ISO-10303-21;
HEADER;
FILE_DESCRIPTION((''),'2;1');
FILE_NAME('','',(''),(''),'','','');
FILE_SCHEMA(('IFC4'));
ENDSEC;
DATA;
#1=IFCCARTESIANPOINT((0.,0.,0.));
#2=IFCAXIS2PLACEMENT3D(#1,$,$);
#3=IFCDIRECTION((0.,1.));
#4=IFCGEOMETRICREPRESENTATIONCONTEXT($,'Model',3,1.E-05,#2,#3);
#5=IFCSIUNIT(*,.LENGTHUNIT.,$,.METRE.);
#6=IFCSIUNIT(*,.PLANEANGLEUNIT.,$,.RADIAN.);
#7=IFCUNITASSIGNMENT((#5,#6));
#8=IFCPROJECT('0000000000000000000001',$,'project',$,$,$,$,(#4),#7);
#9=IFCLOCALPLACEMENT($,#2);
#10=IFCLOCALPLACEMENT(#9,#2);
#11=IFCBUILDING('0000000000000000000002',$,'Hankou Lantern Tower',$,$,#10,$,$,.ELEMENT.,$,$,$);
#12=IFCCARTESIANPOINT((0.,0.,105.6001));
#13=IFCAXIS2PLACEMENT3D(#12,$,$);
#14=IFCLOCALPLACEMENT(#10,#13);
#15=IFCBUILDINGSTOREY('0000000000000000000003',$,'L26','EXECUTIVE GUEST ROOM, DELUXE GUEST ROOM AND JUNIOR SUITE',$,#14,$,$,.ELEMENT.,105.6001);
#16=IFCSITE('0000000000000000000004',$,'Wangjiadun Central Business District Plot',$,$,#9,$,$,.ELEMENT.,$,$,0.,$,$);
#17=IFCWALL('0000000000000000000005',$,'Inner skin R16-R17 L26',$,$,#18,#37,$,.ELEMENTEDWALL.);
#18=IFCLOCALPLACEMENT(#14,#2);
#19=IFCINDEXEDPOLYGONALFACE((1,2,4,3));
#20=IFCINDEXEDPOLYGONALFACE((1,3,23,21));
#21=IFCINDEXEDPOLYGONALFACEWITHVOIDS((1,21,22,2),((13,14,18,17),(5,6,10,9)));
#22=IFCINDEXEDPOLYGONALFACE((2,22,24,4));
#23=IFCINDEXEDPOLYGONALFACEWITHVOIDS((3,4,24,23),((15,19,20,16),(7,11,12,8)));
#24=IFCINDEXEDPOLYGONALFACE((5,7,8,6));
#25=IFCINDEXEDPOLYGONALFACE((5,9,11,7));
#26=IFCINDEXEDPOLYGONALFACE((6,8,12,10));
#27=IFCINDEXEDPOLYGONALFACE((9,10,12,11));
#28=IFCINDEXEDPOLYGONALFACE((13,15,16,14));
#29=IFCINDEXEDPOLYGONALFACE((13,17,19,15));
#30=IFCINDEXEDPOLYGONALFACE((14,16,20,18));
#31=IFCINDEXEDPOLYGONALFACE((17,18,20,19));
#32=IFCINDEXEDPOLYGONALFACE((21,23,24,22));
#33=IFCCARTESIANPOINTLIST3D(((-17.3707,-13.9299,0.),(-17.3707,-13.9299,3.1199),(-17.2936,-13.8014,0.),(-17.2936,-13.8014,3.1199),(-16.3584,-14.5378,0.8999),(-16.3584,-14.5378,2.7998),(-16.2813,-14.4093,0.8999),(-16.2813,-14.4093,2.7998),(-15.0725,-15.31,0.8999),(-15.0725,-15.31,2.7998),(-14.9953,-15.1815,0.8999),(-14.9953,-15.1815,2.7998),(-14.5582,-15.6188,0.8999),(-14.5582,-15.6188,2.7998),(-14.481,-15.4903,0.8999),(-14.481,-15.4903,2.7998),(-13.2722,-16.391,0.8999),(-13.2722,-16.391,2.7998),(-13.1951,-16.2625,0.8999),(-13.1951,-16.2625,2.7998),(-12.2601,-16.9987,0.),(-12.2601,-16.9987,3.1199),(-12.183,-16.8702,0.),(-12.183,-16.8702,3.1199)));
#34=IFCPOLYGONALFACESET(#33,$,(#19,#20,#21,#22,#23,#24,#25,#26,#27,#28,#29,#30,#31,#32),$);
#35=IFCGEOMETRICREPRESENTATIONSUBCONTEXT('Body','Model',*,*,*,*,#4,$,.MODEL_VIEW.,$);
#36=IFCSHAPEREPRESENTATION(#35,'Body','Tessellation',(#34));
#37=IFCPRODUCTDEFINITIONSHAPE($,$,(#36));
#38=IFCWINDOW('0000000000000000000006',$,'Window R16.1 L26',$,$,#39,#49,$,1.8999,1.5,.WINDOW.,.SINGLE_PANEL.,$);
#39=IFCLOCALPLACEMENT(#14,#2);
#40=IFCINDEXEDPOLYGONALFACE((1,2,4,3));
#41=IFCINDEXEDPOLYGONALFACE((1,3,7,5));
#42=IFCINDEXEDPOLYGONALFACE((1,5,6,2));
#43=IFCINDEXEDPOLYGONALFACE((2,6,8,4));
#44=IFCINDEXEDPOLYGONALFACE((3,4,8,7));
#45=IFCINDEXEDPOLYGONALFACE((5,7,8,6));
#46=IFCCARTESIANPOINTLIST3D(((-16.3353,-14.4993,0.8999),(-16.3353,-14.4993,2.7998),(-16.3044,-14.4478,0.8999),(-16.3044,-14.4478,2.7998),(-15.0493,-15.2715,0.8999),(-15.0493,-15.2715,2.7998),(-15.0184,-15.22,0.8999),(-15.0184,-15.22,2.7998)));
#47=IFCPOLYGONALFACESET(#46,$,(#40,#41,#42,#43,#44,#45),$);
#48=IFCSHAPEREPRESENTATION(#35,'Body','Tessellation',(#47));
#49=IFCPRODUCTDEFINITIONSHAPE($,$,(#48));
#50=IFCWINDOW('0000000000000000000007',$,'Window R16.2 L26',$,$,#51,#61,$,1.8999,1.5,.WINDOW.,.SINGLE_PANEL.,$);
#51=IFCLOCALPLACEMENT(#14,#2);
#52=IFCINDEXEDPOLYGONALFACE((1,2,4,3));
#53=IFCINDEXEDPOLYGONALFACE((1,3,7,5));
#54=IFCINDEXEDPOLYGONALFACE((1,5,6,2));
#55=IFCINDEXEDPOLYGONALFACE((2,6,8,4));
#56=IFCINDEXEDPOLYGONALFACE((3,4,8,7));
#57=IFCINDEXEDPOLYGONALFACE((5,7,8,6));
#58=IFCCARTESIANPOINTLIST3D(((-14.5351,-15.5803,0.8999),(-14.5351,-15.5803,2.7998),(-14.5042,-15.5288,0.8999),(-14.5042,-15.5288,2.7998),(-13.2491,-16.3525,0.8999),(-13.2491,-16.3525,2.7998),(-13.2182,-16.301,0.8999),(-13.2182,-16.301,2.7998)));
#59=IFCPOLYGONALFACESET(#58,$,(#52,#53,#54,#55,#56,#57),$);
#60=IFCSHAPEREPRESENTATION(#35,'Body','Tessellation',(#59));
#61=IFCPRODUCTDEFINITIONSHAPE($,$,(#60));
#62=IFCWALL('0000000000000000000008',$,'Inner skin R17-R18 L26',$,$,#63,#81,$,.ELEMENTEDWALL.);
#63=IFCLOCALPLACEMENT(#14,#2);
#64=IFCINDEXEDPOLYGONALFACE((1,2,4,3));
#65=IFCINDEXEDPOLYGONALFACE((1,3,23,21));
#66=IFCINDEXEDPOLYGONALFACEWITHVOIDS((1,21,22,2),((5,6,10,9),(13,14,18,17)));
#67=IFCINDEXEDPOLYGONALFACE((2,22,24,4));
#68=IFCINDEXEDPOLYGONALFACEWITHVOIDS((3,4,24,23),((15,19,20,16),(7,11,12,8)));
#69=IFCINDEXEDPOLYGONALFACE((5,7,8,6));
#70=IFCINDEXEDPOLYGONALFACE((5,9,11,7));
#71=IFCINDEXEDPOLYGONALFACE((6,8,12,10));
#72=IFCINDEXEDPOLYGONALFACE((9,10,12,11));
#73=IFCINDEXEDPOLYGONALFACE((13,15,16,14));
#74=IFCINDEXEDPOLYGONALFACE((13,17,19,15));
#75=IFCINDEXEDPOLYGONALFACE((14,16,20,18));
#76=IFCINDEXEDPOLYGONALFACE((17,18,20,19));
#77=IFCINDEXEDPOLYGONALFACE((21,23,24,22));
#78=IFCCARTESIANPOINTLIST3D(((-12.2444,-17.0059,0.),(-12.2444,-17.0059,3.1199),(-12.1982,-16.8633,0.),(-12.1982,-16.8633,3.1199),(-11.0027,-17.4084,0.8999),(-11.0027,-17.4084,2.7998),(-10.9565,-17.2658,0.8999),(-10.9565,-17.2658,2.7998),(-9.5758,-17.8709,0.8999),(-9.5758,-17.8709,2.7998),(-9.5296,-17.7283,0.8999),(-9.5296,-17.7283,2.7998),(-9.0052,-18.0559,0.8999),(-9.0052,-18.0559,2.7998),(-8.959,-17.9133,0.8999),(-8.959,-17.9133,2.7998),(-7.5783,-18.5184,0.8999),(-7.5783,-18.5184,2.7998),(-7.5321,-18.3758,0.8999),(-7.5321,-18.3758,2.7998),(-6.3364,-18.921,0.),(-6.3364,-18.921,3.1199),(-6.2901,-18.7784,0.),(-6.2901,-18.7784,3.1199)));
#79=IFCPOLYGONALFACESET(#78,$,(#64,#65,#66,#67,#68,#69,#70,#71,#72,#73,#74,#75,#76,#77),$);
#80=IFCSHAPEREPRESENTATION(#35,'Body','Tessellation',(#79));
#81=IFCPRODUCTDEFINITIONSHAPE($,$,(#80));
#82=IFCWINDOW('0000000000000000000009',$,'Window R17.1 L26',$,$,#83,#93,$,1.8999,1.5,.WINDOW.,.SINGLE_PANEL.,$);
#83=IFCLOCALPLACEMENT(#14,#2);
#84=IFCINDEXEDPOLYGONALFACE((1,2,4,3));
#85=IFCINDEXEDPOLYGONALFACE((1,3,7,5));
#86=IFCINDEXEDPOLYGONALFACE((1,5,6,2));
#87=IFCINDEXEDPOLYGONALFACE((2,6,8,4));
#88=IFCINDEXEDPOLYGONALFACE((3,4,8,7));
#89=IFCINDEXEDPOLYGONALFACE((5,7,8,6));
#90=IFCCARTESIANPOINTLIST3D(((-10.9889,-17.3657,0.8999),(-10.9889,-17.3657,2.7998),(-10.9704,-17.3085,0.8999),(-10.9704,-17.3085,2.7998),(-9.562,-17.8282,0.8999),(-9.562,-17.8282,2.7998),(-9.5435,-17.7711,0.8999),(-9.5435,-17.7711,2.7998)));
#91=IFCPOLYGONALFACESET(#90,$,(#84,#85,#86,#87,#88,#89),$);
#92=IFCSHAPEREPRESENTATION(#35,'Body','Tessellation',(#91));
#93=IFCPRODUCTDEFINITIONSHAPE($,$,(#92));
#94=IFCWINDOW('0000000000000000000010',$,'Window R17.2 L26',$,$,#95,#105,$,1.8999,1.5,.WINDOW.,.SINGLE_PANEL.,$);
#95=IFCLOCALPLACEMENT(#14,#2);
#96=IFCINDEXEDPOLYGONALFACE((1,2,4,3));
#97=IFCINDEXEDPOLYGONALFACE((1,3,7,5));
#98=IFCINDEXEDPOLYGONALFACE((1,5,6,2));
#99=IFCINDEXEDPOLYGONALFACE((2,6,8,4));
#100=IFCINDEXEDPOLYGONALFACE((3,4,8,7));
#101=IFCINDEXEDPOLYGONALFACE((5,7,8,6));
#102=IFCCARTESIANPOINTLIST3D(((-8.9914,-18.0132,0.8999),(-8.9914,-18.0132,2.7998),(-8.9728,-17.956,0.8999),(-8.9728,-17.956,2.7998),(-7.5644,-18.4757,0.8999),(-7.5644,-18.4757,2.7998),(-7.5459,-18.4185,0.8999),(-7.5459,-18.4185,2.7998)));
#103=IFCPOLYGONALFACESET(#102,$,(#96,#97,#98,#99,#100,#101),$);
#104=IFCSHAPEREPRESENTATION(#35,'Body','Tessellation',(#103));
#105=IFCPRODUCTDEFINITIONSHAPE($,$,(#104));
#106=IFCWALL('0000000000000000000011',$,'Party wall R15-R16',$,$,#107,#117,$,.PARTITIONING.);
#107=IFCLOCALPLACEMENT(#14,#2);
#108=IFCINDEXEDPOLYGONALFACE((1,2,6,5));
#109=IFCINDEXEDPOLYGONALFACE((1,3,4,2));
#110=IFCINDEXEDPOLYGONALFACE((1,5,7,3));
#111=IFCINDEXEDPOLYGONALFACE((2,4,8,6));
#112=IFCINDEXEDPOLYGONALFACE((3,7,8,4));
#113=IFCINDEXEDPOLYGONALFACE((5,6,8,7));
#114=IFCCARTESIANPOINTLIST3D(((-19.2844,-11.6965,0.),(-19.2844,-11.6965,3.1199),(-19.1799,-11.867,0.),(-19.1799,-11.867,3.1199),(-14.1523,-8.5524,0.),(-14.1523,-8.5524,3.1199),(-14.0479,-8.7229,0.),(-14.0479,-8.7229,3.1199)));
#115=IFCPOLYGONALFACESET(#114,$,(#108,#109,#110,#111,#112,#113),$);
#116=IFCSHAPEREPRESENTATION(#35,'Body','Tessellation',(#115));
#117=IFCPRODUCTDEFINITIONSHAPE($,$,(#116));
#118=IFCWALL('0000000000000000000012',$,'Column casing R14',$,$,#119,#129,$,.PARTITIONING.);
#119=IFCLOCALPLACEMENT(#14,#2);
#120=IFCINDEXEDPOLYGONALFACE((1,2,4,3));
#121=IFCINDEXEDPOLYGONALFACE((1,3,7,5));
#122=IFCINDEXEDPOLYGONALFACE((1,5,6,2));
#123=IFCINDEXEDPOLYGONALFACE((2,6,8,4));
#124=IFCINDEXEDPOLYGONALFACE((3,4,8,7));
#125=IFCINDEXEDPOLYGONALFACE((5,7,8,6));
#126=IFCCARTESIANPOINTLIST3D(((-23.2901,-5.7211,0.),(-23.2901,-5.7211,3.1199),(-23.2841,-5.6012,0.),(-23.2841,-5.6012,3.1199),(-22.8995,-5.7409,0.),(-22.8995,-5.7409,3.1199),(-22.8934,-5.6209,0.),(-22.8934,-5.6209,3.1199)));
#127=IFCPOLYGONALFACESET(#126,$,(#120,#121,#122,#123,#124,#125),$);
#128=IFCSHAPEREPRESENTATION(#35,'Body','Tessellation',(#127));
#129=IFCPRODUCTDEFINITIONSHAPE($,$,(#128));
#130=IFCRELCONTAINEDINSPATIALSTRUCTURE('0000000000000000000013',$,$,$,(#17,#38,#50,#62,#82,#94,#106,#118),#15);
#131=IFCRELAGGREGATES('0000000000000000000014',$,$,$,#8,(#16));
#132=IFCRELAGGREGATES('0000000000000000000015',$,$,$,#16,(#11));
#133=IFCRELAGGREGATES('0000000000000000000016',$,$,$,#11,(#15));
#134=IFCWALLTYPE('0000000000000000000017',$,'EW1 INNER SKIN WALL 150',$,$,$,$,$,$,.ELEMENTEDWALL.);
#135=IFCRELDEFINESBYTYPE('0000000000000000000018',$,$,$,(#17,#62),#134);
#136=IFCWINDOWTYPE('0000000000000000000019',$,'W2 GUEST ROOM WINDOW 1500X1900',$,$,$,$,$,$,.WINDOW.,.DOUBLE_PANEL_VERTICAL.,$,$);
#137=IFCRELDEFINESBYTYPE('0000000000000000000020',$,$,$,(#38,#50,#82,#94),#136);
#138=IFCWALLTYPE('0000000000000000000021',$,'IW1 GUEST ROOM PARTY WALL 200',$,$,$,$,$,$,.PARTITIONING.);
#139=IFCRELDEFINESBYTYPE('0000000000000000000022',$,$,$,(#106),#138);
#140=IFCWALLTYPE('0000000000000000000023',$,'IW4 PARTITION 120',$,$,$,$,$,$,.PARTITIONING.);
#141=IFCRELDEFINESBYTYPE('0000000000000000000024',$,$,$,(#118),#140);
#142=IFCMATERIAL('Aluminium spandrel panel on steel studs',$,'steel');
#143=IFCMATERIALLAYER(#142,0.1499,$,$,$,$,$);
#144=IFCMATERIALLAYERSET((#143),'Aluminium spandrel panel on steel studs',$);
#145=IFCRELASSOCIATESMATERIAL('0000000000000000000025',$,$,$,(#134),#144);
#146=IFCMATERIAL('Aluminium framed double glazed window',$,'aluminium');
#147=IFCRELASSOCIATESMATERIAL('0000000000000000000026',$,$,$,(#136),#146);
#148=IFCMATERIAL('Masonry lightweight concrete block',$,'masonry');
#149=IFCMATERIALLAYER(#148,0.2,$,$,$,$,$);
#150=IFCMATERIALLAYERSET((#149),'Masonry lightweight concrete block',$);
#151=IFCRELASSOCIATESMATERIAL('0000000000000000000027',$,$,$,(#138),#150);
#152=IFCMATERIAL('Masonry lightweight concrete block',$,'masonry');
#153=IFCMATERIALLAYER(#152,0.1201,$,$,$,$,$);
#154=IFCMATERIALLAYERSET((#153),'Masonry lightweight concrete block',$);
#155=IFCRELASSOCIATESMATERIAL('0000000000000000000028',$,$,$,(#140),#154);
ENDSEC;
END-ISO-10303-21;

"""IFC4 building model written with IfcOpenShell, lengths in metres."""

from ifc_helpers import new_model, si_unit, direction, frame, frame_2d, origin, place, context, subcontext, project, spatial, rectangle, extrude, material, layer, layer_set, type_object, element, fill, save


model = new_model("IFC4")

# Units and contexts
model_context = context("Model", 3, precision=1e-05, world=origin(), true_north=direction((0.0, 1.0)))
body_context = subcontext(model_context, "Body", "Model", "MODEL_VIEW")
ifc_project = project(units=[si_unit("LENGTHUNIT", "METRE"), si_unit("PLANEANGLEUNIT", "RADIAN")], contexts=[model_context])

# Site, building, storey
site_placement = place(None, origin())
site = spatial("IfcSite", under=ifc_project, at=site_placement, Name="Wangjiadun Central Business District Plot", CompositionType="ELEMENT", RefElevation=0.0)
building_placement = place(site_placement, origin())
building = spatial("IfcBuilding", under=site, at=building_placement, Name="Hankou Lantern Tower", CompositionType="ELEMENT")
storey_placement = place(building_placement, frame((0.0, 0.0, 105.6001)))
storey = spatial("IfcBuildingStorey", under=building, at=storey_placement, Name="L26", Description="EXECUTIVE GUEST ROOM, DELUXE GUEST ROOM AND JUNIOR SUITE", CompositionType="ELEMENT", Elevation=105.6001)

# Walls, openings, windows
ifc_material_1 = material(Name="Aluminium spandrel panel on steel studs", Category="steel")
ifc_layer_1 = layer(ifc_material_1, 0.1499)
ifc_layer_set_1 = layer_set([ifc_layer_1], Name="Aluminium spandrel panel on steel studs")
wall_type_1 = type_object("IfcWallType", Name="EW1 INNER SKIN WALL 150", PredefinedType="ELEMENTEDWALL", material=ifc_layer_set_1)
ifc_material_2 = material(Name="Aluminium framed double glazed window", Category="aluminium")
window_type = type_object("IfcWindowType", Name="W2 GUEST ROOM WINDOW 1500X1900", PartitioningType="DOUBLE_PANEL_VERTICAL", PredefinedType="WINDOW", material=ifc_material_2)
wall_1_placement = place(storey_placement, frame((-17.332, -13.8657, 0.0), z_axis=(0.0, 0.0, 1.0), x_axis=(0.857309, -0.514803, 0.0)))
wall_1 = element("IfcWall", 1, at=wall_1_placement, inside=storey, type_object=wall_type_1, Name="Inner skin R16-R17 L26", PredefinedType="ELEMENTEDWALL", context=body_context, shape_type="SweptSolid", body=[
    extrude(rectangle(XDim=5.9612, YDim=0.1499, at=frame_2d((2.9805, 0.0))), origin(), (0.0, 0.0, 1.0), 3.1199),
])
opening_1_placement = place(wall_1_placement, frame((1.1807, 0.0, 0.8999)))
opening_1 = element("IfcOpeningElement", 2, at=opening_1_placement, cuts=wall_1, PredefinedType="OPENING", context=body_context, shape_type="SweptSolid", body=[
    extrude(rectangle(XDim=1.5, YDim=1.8999, at=frame_2d((0.75, 0.95))), frame((0.0, 0.085, 0.0), z_axis=(0.0, -1.0, 0.0), x_axis=(1.0, 0.0, 0.0)), (0.0, 0.0, 1.0), 0.1699),
])
opening_2_placement = place(wall_1_placement, frame((3.2805, 0.0, 0.8999)))
opening_2 = element("IfcOpeningElement", 3, at=opening_2_placement, cuts=wall_1, PredefinedType="OPENING", context=body_context, shape_type="SweptSolid", body=[
    extrude(rectangle(XDim=1.5, YDim=1.8999, at=frame_2d((0.75, 0.95))), frame((0.0, 0.085, 0.0), z_axis=(0.0, -1.0, 0.0), x_axis=(1.0, 0.0, 0.0)), (0.0, 0.0, 1.0), 0.1699),
])
window_1_placement = place(opening_1_placement, origin())
window_1 = element("IfcWindow", 4, at=window_1_placement, inside=storey, type_object=window_type, Name="Window R16.1 L26", OverallHeight=1.8999, OverallWidth=1.5, PartitioningType="SINGLE_PANEL", PredefinedType="WINDOW", context=body_context, shape_type="SweptSolid", body=[
    extrude(rectangle(XDim=1.5, YDim=1.8999, at=frame_2d((0.75, 0.95))), frame((0.0, 0.03, 0.0), z_axis=(0.0, -1.0, 0.0), x_axis=(1.0, 0.0, 0.0)), (0.0, 0.0, 1.0), 0.0601),
])
fill(opening_1, window_1)
window_2_placement = place(opening_2_placement, origin())
window_2 = element("IfcWindow", 5, at=window_2_placement, inside=storey, type_object=window_type, Name="Window R16.2 L26", OverallHeight=1.8999, OverallWidth=1.5, PartitioningType="SINGLE_PANEL", PredefinedType="WINDOW", context=body_context, shape_type="SweptSolid", body=[
    extrude(rectangle(XDim=1.5, YDim=1.8999, at=frame_2d((0.75, 0.95))), frame((0.0, 0.03, 0.0), z_axis=(0.0, -1.0, 0.0), x_axis=(1.0, 0.0, 0.0)), (0.0, 0.0, 1.0), 0.0601),
])
fill(opening_2, window_2)
wall_2_placement = place(storey_placement, frame((-12.2214, -16.9346, 0.0), z_axis=(0.0, 0.0, 1.0), x_axis=(0.951273, -0.308351, 0.0)))
wall_2 = element("IfcWall", 6, at=wall_2_placement, inside=storey, type_object=wall_type_1, Name="Inner skin R17-R18 L26", PredefinedType="ELEMENTEDWALL", context=body_context, shape_type="SweptSolid", body=[
    extrude(rectangle(XDim=6.2107, YDim=0.1499, at=frame_2d((3.1055, 0.0))), origin(), (0.0, 0.0, 1.0), 3.1199),
])
opening_3_placement = place(wall_2_placement, frame((1.3054, 0.0, 0.8999)))
opening_3 = element("IfcOpeningElement", 7, at=opening_3_placement, cuts=wall_2, PredefinedType="OPENING", context=body_context, shape_type="SweptSolid", body=[
    extrude(rectangle(XDim=1.5, YDim=1.8999, at=frame_2d((0.75, 0.95))), frame((0.0, 0.085, 0.0), z_axis=(0.0, -1.0, 0.0), x_axis=(1.0, 0.0, 0.0)), (0.0, 0.0, 1.0), 0.1699),
])
opening_4_placement = place(wall_2_placement, frame((3.4053, 0.0, 0.8999)))
opening_4 = element("IfcOpeningElement", 8, at=opening_4_placement, cuts=wall_2, PredefinedType="OPENING", context=body_context, shape_type="SweptSolid", body=[
    extrude(rectangle(XDim=1.5, YDim=1.8999, at=frame_2d((0.75, 0.95))), frame((0.0, 0.085, 0.0), z_axis=(0.0, -1.0, 0.0), x_axis=(1.0, 0.0, 0.0)), (0.0, 0.0, 1.0), 0.1699),
])
window_3_placement = place(opening_3_placement, origin())
window_3 = element("IfcWindow", 9, at=window_3_placement, inside=storey, type_object=window_type, Name="Window R17.1 L26", OverallHeight=1.8999, OverallWidth=1.5, PartitioningType="SINGLE_PANEL", PredefinedType="WINDOW", context=body_context, shape_type="SweptSolid", body=[
    extrude(rectangle(XDim=1.5, YDim=1.8999, at=frame_2d((0.75, 0.95))), frame((0.0, 0.03, 0.0), z_axis=(0.0, -1.0, 0.0), x_axis=(1.0, 0.0, 0.0)), (0.0, 0.0, 1.0), 0.0601),
])
fill(opening_3, window_3)
window_4_placement = place(opening_4_placement, origin())
window_4 = element("IfcWindow", 10, at=window_4_placement, inside=storey, type_object=window_type, Name="Window R17.2 L26", OverallHeight=1.8999, OverallWidth=1.5, PartitioningType="SINGLE_PANEL", PredefinedType="WINDOW", context=body_context, shape_type="SweptSolid", body=[
    extrude(rectangle(XDim=1.5, YDim=1.8999, at=frame_2d((0.75, 0.95))), frame((0.0, 0.03, 0.0), z_axis=(0.0, -1.0, 0.0), x_axis=(1.0, 0.0, 0.0)), (0.0, 0.0, 1.0), 0.0601),
])
fill(opening_4, window_4)

# Walls
ifc_material_3 = material(Name="Masonry lightweight concrete block", Category="masonry")
ifc_layer_2 = layer(ifc_material_3, 0.2)
ifc_layer_set_2 = layer_set([ifc_layer_2], Name="Masonry lightweight concrete block")
wall_type_2 = type_object("IfcWallType", Name="IW1 GUEST ROOM PARTY WALL 200", PredefinedType="PARTITIONING", material=ifc_layer_set_2)
wall_3_placement = place(storey_placement, frame((-14.1001, -8.6377, 0.0), z_axis=(0.0, 0.0, 1.0), x_axis=(-0.852707, -0.52239, 0.0)))
element("IfcWall", 11, at=wall_3_placement, inside=storey, type_object=wall_type_2, Name="Party wall R15-R16", PredefinedType="PARTITIONING", context=body_context, shape_type="SweptSolid", body=[
    extrude(rectangle(XDim=6.0186, YDim=0.2, at=frame_2d((3.0093, 0.0))), origin(), (0.0, 0.0, 1.0), 3.1199),
])
ifc_material_4 = material(Name="Masonry lightweight concrete block", Category="masonry")
ifc_layer_3 = layer(ifc_material_4, 0.1201)
ifc_layer_set_3 = layer_set([ifc_layer_3], Name="Masonry lightweight concrete block")
wall_type_3 = type_object("IfcWallType", Name="IW4 PARTITION 120", PredefinedType="PARTITIONING", material=ifc_layer_set_3)
wall_4_placement = place(storey_placement, frame((-22.8965, -5.6809, 0.0), z_axis=(0.0, 0.0, 1.0), x_axis=(-0.998721, 0.05056, 0.0)))
element("IfcWall", 12, at=wall_4_placement, inside=storey, type_object=wall_type_3, Name="Column casing R14", PredefinedType="PARTITIONING", context=body_context, shape_type="SweptSolid", body=[
    extrude(rectangle(XDim=0.3911, YDim=0.1201, at=frame_2d((0.1956, 0.0))), origin(), (0.0, 0.0, 1.0), 3.1199),
])

save(model, "model.ifc")
